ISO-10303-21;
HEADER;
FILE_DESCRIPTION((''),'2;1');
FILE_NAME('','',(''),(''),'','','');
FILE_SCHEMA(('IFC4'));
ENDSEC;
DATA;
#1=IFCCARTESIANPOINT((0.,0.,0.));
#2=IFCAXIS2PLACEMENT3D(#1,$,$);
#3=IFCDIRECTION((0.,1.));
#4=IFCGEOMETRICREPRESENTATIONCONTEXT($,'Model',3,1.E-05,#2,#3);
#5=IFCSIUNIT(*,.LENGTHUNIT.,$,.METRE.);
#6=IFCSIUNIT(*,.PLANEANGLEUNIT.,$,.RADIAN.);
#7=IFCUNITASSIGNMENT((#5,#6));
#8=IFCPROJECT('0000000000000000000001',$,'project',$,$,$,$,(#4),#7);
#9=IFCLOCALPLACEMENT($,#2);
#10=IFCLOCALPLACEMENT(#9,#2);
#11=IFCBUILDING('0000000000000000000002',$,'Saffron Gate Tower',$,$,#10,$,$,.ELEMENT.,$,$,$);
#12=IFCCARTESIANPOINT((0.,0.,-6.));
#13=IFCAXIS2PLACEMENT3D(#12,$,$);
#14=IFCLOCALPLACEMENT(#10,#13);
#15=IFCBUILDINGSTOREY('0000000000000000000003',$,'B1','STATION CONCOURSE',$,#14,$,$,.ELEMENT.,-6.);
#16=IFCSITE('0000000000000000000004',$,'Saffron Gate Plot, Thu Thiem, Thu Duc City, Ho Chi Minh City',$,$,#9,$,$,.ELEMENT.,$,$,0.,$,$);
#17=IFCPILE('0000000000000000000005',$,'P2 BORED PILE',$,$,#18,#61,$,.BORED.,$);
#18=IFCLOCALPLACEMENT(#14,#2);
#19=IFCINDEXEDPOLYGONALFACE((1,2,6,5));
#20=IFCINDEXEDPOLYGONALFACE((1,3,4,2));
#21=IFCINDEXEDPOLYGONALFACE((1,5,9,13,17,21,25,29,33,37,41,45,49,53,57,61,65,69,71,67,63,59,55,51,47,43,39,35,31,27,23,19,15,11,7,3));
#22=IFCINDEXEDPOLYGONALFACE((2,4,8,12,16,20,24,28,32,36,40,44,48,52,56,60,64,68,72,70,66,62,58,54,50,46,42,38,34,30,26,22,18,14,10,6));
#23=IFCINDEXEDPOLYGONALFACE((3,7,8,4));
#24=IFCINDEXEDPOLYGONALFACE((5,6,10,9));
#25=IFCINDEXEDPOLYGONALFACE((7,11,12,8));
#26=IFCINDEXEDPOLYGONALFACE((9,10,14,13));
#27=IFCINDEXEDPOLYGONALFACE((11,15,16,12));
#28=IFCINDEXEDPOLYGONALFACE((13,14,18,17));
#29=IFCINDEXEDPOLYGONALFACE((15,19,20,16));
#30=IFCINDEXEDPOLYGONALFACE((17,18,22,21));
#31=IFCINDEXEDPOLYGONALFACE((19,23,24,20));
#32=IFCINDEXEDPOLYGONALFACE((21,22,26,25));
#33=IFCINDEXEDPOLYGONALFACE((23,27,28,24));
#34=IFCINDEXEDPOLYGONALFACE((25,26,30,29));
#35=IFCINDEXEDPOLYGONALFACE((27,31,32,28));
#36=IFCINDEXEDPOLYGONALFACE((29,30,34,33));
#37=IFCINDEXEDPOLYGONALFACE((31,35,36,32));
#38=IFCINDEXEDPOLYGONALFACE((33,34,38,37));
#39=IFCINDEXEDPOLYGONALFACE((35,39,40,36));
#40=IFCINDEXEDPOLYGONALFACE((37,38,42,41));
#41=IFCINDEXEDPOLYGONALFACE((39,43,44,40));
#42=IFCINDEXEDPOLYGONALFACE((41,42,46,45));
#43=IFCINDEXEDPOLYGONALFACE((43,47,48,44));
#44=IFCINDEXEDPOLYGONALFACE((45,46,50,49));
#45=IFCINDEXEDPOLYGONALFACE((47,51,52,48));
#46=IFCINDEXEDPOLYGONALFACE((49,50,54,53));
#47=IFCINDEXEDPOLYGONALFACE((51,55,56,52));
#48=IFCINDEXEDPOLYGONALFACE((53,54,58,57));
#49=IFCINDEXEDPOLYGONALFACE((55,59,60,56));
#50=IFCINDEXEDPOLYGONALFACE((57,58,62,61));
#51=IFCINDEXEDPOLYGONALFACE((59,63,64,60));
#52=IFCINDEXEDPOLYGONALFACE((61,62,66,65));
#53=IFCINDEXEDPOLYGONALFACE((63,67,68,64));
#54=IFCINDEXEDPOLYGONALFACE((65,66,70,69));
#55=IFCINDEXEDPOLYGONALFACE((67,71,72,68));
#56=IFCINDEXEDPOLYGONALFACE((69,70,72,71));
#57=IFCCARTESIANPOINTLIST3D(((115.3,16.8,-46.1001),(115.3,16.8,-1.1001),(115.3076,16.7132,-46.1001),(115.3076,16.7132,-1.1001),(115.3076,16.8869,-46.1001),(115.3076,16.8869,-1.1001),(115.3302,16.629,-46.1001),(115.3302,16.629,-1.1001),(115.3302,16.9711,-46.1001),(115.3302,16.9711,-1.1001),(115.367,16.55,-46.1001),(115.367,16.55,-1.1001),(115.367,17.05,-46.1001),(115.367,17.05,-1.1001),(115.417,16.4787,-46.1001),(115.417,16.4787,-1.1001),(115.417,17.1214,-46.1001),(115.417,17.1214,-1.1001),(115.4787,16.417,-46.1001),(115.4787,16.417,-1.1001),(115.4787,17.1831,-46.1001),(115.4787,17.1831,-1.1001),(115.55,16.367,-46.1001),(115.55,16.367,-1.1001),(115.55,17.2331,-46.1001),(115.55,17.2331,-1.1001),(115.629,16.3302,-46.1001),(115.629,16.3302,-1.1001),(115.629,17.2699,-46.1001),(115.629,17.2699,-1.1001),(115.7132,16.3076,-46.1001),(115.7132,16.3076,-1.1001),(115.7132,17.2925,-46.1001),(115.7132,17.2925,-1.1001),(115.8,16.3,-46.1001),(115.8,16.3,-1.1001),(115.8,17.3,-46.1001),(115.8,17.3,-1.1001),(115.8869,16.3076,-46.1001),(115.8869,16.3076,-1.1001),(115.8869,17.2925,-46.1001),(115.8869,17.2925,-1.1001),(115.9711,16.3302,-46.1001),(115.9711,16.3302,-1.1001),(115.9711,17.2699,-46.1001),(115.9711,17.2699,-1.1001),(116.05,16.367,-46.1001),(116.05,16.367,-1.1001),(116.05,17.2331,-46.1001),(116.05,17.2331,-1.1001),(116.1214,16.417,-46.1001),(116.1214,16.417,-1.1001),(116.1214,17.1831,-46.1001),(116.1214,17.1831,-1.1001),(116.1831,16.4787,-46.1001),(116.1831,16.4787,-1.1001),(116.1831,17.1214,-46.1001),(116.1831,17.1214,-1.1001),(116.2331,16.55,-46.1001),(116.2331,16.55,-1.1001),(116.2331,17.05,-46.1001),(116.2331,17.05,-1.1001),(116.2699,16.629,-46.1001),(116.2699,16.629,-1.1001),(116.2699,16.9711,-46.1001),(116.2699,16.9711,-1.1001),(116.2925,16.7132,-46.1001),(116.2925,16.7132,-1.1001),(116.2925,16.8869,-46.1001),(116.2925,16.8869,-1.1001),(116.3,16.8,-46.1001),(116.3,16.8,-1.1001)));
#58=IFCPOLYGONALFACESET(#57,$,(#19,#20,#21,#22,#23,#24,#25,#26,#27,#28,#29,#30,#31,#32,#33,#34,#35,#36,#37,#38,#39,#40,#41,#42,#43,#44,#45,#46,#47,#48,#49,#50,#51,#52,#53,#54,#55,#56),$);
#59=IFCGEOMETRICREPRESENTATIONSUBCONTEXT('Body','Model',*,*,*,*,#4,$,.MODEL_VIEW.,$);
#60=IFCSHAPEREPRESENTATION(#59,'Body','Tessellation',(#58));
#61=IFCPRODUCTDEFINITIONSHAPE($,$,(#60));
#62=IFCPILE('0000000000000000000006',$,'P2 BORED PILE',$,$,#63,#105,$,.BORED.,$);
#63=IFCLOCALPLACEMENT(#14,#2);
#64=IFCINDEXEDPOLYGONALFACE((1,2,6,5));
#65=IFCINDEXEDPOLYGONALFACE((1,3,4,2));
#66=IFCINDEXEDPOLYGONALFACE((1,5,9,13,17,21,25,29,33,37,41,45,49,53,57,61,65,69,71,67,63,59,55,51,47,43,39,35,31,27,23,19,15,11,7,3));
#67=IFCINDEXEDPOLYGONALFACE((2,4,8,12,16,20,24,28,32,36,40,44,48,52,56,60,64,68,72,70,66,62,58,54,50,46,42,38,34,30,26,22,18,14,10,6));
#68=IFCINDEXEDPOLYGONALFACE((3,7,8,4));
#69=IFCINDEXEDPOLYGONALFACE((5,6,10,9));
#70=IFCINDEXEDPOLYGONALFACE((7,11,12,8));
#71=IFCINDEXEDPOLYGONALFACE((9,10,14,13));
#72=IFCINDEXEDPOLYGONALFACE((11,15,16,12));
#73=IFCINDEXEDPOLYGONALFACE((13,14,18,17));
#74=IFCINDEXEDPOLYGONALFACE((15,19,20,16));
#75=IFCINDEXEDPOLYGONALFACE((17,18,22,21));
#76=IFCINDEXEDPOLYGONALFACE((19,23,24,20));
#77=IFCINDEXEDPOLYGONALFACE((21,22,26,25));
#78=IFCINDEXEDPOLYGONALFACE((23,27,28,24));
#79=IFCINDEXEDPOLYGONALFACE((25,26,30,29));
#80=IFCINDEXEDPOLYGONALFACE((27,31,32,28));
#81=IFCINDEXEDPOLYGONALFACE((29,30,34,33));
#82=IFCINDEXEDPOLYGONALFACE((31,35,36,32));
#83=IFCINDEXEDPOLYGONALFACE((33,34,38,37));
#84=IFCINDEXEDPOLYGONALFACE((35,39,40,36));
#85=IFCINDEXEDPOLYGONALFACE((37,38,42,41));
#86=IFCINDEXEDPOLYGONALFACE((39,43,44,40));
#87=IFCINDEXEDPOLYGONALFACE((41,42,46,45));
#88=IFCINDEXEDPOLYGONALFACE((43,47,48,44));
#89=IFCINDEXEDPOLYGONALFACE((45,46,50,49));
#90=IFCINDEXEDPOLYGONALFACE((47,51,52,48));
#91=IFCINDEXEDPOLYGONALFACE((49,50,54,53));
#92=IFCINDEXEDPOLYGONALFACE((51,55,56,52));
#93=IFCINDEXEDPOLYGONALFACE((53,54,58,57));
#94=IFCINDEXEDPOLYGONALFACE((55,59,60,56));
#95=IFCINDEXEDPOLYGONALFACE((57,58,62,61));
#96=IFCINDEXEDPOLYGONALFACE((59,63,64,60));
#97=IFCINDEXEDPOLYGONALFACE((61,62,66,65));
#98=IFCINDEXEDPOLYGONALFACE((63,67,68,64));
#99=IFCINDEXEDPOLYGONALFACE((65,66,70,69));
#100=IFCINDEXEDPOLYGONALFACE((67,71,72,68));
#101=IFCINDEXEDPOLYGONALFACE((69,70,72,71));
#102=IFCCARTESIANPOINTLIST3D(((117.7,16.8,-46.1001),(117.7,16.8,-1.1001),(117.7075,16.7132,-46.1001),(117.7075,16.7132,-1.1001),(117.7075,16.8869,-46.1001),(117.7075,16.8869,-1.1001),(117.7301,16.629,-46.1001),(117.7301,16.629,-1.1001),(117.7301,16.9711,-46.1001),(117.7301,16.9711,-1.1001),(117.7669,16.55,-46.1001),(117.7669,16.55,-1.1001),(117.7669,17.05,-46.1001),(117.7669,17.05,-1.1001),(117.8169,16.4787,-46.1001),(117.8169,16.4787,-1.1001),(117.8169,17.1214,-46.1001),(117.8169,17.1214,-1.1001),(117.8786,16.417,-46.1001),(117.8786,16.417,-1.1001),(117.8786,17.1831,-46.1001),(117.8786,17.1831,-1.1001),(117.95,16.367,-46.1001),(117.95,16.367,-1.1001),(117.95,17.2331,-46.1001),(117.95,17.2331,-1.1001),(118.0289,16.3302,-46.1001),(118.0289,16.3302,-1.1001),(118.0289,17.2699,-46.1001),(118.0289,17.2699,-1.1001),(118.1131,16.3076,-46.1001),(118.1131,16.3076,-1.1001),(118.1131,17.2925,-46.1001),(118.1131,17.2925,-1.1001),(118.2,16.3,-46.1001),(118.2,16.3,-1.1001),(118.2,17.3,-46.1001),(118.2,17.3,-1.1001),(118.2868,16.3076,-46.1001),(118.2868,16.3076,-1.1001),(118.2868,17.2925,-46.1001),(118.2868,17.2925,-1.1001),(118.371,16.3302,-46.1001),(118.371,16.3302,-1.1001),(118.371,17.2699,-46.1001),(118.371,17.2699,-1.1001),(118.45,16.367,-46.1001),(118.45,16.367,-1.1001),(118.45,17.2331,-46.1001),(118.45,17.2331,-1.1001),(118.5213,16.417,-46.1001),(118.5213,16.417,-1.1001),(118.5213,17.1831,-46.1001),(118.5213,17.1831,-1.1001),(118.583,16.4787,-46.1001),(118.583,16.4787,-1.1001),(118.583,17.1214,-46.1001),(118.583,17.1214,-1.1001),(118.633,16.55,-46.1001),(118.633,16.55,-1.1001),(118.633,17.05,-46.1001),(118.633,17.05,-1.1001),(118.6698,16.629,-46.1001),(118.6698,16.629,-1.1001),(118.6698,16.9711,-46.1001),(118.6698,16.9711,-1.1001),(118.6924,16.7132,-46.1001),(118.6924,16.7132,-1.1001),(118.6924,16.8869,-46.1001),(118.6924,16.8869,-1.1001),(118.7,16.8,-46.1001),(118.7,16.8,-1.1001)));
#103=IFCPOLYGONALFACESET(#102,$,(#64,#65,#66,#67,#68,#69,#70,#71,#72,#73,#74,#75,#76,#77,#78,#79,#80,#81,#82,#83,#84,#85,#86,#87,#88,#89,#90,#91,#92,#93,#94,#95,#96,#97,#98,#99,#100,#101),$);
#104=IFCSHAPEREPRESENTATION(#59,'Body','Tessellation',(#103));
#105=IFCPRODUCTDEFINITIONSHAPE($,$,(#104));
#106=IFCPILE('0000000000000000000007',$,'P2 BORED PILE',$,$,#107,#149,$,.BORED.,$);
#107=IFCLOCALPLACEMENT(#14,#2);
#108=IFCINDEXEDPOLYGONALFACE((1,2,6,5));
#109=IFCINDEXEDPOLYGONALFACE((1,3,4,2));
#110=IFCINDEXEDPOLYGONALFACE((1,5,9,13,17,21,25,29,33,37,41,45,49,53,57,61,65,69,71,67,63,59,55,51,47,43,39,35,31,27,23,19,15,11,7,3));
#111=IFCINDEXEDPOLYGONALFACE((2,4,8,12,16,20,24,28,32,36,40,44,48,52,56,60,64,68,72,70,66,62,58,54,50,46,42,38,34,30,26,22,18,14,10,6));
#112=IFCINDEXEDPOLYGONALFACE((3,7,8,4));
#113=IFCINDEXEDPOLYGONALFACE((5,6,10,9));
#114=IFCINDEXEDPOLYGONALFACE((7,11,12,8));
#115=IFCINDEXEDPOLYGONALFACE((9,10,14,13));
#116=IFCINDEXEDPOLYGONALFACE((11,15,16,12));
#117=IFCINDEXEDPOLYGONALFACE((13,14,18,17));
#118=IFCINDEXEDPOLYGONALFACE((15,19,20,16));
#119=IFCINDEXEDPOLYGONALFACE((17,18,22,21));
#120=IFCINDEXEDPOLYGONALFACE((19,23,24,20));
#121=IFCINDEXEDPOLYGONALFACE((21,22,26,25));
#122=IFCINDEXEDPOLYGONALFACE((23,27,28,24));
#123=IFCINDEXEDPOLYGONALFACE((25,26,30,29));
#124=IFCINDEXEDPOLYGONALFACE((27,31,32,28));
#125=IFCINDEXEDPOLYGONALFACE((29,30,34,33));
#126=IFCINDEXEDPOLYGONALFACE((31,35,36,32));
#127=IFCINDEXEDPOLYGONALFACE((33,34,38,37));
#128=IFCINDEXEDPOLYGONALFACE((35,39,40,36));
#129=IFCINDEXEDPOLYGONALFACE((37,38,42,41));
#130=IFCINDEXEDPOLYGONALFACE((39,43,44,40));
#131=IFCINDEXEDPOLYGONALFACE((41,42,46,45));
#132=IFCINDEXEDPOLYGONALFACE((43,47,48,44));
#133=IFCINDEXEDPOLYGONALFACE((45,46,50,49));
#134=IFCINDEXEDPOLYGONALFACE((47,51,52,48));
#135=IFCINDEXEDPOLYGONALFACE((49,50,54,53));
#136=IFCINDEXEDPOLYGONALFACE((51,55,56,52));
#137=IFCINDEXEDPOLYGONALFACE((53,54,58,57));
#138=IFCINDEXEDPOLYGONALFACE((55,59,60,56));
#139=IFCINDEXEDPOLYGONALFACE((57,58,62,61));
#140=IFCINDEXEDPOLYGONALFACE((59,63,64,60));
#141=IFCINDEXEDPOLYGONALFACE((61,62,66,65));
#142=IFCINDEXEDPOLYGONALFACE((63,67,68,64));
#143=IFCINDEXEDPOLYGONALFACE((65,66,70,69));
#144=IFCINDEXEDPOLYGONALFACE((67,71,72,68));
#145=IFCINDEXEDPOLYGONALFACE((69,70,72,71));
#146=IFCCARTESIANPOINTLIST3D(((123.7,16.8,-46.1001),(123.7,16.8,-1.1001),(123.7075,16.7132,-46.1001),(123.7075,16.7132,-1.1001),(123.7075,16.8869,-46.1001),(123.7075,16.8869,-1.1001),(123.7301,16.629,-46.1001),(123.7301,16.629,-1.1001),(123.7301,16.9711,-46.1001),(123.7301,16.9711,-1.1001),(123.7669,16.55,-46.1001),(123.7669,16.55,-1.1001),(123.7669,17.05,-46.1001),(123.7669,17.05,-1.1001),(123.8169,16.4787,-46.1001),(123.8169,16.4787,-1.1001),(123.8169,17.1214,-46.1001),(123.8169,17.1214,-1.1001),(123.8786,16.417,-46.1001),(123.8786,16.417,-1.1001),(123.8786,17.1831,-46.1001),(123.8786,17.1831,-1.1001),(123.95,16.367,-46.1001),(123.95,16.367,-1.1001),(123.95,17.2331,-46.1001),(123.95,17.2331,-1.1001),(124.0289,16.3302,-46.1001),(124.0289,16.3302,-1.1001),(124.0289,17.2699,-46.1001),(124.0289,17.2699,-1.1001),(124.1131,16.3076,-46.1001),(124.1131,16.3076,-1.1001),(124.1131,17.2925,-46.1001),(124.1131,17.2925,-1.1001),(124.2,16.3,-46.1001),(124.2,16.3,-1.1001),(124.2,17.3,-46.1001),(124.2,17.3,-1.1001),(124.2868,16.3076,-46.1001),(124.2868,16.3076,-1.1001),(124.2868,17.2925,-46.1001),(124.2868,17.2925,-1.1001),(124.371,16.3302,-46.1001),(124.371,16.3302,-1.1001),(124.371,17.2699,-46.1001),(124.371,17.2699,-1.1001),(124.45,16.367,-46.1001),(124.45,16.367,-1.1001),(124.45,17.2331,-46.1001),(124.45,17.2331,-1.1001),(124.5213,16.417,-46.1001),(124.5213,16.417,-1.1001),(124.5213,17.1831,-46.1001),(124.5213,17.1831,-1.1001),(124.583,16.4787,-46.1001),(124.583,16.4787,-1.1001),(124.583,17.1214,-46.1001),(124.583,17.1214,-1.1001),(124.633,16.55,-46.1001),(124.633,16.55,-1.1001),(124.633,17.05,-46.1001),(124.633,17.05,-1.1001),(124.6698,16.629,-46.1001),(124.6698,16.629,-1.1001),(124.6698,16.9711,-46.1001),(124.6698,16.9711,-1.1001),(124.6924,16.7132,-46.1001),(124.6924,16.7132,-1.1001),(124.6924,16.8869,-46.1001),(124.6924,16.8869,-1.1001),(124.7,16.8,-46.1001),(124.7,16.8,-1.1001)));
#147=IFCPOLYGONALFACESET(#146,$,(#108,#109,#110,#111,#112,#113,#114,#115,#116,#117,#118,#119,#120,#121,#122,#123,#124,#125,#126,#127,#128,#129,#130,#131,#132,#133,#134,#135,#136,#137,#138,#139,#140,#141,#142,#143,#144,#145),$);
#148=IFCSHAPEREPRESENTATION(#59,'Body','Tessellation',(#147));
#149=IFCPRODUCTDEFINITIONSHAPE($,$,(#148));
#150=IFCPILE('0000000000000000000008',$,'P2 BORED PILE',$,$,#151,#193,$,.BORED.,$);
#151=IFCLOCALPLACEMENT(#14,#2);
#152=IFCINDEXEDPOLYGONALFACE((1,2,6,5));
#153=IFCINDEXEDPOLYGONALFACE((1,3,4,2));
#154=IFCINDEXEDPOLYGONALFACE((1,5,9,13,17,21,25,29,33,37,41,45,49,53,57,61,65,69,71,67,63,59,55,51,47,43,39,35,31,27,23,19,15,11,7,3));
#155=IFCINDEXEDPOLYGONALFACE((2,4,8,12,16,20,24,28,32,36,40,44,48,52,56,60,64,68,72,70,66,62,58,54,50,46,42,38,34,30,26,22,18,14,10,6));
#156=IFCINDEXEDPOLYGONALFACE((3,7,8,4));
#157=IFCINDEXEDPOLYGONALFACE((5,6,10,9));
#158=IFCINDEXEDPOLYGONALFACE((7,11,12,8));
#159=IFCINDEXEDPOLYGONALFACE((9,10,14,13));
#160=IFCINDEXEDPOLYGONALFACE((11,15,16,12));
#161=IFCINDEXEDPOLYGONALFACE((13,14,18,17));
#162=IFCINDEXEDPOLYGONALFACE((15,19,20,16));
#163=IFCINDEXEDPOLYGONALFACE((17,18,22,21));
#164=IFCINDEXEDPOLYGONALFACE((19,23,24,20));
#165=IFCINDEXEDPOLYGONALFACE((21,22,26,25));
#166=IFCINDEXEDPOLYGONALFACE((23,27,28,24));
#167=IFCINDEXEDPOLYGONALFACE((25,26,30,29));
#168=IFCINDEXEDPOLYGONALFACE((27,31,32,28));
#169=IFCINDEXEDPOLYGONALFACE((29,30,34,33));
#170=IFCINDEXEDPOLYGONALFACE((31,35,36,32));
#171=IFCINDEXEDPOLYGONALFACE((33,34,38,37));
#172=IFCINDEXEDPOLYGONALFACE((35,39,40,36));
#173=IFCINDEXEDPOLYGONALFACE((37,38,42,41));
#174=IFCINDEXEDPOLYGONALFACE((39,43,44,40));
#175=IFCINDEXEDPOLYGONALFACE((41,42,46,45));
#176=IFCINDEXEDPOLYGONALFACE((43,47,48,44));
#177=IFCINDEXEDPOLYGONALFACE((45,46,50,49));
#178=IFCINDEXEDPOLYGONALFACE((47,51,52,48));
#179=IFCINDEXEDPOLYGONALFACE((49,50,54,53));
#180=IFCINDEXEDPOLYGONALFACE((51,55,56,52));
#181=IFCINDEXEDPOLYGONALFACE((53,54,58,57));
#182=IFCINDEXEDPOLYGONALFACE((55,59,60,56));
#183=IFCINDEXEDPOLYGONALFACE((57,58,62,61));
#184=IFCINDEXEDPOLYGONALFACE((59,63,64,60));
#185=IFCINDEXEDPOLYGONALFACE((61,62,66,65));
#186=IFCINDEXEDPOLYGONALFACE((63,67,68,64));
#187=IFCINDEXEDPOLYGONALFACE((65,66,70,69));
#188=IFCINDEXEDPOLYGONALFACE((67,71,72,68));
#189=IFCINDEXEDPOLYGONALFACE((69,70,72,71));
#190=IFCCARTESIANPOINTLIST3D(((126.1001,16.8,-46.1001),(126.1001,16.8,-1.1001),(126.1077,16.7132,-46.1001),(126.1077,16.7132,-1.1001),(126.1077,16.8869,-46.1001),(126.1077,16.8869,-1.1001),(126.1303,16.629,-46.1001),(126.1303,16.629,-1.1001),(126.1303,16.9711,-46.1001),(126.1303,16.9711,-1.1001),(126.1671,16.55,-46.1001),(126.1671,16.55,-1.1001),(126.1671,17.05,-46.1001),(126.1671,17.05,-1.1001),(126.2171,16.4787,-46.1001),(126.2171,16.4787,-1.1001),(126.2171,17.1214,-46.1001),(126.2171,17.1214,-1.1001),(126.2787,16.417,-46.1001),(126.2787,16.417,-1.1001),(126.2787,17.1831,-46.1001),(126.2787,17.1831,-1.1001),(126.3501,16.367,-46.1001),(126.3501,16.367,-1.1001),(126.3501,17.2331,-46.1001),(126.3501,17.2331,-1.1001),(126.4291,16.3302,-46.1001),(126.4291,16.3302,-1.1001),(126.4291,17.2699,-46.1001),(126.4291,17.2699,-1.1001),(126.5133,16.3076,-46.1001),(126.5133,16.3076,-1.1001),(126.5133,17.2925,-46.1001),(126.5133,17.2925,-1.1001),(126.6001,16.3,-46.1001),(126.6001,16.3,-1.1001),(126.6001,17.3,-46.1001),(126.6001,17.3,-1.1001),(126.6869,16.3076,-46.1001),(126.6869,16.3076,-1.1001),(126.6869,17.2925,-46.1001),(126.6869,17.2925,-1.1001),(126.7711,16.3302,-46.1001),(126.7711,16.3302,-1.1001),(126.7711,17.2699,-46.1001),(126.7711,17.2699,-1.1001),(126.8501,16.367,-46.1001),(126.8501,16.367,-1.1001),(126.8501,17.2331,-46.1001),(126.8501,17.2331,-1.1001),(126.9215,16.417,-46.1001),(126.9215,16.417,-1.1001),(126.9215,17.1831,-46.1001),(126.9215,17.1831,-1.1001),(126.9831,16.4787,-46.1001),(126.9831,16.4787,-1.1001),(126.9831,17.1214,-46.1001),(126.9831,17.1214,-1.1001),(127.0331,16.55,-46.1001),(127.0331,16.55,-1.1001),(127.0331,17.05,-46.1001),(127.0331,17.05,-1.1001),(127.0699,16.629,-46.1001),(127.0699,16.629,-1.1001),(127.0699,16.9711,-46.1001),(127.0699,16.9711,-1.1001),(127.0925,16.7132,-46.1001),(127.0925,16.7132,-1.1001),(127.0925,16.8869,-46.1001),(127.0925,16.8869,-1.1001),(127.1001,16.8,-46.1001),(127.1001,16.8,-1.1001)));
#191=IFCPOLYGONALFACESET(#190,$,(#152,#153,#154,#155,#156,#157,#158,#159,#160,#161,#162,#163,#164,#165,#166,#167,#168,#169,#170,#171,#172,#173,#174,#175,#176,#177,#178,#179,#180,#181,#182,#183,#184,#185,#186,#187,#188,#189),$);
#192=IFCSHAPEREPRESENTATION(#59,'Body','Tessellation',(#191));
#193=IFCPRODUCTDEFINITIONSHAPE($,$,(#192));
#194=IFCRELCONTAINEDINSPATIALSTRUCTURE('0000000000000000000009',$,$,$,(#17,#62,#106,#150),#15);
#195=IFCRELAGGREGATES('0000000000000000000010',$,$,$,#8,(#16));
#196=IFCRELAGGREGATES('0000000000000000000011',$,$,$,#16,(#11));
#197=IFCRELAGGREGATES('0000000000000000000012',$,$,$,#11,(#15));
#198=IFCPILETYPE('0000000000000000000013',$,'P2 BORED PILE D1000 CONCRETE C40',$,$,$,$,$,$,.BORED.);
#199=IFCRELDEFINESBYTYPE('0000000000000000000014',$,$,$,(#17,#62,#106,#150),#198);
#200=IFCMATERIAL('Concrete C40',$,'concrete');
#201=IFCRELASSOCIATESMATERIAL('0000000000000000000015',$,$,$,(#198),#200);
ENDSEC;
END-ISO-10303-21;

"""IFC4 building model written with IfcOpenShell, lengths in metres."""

from ifc_helpers import new_model, si_unit, direction, frame, origin, origin_2d, place, context, subcontext, project, spatial, circle, extrude, material, material_profile, profile_set, type_object, element, save


model = new_model("IFC4")

# Units and contexts
model_context = context("Model", 3, precision=1e-05, world=origin(), true_north=direction((0.0, 1.0)))
body_context = subcontext(model_context, "Body", "Model", "MODEL_VIEW")
ifc_project = project(units=[si_unit("LENGTHUNIT", "METRE"), si_unit("PLANEANGLEUNIT", "RADIAN")], contexts=[model_context])

# Site, building, storey
site_placement = place(None, origin())
site = spatial("IfcSite", under=ifc_project, at=site_placement, Name="Saffron Gate Plot, Thu Thiem, Thu Duc City, Ho Chi Minh City", CompositionType="ELEMENT", RefElevation=0.0)
building_placement = place(site_placement, origin())
building = spatial("IfcBuilding", under=site, at=building_placement, Name="Saffron Gate Tower", CompositionType="ELEMENT")
storey_placement = place(building_placement, frame((0.0, 0.0, -6.0)))
storey = spatial("IfcBuildingStorey", under=building, at=storey_placement, Name="B1", Description="STATION CONCOURSE", CompositionType="ELEMENT", Elevation=-6.0)

# Piles
ifc_material_1 = material(Name="Concrete C40", Category="concrete")
ifc_material_profile_1 = material_profile(ifc_material_1, circle(Radius=0.5, at=origin_2d()))
ifc_profile_set_1 = profile_set([ifc_material_profile_1], Name="Concrete C40")
pile_type = type_object("IfcPileType", Name="P2 BORED PILE D1000 CONCRETE C40", PredefinedType="BORED", material=ifc_profile_set_1)
for number, where, z_axis, x_axis, name in (
    (1, (115.8, 16.8, -1.1001), (0.0, 0.0, -1.0), (1.0, 0.0, 0.0), "P2 BORED PILE"),
    (2, (118.2, 16.8, -1.1001), (0.0, 0.0, -1.0), (1.0, 0.0, 0.0), "P2 BORED PILE"),
    (3, (124.2, 16.8, -1.1001), (0.0, 0.0, -1.0), (1.0, 0.0, 0.0), "P2 BORED PILE"),
    (4, (126.6001, 16.8, -1.1001), (0.0, 0.0, -1.0), (1.0, 0.0, 0.0), "P2 BORED PILE"),
):
    element("IfcPile", number, at=place(storey_placement, frame(where, z_axis=z_axis, x_axis=x_axis)), inside=storey, type_object=pile_type, Name=name, PredefinedType="BORED", context=body_context, shape_type="SweptSolid", body=[
        extrude(circle(Radius=0.5, at=origin_2d()), origin(), (0.0, 0.0, 1.0), 45.0),
    ])

save(model, "model.ifc")
